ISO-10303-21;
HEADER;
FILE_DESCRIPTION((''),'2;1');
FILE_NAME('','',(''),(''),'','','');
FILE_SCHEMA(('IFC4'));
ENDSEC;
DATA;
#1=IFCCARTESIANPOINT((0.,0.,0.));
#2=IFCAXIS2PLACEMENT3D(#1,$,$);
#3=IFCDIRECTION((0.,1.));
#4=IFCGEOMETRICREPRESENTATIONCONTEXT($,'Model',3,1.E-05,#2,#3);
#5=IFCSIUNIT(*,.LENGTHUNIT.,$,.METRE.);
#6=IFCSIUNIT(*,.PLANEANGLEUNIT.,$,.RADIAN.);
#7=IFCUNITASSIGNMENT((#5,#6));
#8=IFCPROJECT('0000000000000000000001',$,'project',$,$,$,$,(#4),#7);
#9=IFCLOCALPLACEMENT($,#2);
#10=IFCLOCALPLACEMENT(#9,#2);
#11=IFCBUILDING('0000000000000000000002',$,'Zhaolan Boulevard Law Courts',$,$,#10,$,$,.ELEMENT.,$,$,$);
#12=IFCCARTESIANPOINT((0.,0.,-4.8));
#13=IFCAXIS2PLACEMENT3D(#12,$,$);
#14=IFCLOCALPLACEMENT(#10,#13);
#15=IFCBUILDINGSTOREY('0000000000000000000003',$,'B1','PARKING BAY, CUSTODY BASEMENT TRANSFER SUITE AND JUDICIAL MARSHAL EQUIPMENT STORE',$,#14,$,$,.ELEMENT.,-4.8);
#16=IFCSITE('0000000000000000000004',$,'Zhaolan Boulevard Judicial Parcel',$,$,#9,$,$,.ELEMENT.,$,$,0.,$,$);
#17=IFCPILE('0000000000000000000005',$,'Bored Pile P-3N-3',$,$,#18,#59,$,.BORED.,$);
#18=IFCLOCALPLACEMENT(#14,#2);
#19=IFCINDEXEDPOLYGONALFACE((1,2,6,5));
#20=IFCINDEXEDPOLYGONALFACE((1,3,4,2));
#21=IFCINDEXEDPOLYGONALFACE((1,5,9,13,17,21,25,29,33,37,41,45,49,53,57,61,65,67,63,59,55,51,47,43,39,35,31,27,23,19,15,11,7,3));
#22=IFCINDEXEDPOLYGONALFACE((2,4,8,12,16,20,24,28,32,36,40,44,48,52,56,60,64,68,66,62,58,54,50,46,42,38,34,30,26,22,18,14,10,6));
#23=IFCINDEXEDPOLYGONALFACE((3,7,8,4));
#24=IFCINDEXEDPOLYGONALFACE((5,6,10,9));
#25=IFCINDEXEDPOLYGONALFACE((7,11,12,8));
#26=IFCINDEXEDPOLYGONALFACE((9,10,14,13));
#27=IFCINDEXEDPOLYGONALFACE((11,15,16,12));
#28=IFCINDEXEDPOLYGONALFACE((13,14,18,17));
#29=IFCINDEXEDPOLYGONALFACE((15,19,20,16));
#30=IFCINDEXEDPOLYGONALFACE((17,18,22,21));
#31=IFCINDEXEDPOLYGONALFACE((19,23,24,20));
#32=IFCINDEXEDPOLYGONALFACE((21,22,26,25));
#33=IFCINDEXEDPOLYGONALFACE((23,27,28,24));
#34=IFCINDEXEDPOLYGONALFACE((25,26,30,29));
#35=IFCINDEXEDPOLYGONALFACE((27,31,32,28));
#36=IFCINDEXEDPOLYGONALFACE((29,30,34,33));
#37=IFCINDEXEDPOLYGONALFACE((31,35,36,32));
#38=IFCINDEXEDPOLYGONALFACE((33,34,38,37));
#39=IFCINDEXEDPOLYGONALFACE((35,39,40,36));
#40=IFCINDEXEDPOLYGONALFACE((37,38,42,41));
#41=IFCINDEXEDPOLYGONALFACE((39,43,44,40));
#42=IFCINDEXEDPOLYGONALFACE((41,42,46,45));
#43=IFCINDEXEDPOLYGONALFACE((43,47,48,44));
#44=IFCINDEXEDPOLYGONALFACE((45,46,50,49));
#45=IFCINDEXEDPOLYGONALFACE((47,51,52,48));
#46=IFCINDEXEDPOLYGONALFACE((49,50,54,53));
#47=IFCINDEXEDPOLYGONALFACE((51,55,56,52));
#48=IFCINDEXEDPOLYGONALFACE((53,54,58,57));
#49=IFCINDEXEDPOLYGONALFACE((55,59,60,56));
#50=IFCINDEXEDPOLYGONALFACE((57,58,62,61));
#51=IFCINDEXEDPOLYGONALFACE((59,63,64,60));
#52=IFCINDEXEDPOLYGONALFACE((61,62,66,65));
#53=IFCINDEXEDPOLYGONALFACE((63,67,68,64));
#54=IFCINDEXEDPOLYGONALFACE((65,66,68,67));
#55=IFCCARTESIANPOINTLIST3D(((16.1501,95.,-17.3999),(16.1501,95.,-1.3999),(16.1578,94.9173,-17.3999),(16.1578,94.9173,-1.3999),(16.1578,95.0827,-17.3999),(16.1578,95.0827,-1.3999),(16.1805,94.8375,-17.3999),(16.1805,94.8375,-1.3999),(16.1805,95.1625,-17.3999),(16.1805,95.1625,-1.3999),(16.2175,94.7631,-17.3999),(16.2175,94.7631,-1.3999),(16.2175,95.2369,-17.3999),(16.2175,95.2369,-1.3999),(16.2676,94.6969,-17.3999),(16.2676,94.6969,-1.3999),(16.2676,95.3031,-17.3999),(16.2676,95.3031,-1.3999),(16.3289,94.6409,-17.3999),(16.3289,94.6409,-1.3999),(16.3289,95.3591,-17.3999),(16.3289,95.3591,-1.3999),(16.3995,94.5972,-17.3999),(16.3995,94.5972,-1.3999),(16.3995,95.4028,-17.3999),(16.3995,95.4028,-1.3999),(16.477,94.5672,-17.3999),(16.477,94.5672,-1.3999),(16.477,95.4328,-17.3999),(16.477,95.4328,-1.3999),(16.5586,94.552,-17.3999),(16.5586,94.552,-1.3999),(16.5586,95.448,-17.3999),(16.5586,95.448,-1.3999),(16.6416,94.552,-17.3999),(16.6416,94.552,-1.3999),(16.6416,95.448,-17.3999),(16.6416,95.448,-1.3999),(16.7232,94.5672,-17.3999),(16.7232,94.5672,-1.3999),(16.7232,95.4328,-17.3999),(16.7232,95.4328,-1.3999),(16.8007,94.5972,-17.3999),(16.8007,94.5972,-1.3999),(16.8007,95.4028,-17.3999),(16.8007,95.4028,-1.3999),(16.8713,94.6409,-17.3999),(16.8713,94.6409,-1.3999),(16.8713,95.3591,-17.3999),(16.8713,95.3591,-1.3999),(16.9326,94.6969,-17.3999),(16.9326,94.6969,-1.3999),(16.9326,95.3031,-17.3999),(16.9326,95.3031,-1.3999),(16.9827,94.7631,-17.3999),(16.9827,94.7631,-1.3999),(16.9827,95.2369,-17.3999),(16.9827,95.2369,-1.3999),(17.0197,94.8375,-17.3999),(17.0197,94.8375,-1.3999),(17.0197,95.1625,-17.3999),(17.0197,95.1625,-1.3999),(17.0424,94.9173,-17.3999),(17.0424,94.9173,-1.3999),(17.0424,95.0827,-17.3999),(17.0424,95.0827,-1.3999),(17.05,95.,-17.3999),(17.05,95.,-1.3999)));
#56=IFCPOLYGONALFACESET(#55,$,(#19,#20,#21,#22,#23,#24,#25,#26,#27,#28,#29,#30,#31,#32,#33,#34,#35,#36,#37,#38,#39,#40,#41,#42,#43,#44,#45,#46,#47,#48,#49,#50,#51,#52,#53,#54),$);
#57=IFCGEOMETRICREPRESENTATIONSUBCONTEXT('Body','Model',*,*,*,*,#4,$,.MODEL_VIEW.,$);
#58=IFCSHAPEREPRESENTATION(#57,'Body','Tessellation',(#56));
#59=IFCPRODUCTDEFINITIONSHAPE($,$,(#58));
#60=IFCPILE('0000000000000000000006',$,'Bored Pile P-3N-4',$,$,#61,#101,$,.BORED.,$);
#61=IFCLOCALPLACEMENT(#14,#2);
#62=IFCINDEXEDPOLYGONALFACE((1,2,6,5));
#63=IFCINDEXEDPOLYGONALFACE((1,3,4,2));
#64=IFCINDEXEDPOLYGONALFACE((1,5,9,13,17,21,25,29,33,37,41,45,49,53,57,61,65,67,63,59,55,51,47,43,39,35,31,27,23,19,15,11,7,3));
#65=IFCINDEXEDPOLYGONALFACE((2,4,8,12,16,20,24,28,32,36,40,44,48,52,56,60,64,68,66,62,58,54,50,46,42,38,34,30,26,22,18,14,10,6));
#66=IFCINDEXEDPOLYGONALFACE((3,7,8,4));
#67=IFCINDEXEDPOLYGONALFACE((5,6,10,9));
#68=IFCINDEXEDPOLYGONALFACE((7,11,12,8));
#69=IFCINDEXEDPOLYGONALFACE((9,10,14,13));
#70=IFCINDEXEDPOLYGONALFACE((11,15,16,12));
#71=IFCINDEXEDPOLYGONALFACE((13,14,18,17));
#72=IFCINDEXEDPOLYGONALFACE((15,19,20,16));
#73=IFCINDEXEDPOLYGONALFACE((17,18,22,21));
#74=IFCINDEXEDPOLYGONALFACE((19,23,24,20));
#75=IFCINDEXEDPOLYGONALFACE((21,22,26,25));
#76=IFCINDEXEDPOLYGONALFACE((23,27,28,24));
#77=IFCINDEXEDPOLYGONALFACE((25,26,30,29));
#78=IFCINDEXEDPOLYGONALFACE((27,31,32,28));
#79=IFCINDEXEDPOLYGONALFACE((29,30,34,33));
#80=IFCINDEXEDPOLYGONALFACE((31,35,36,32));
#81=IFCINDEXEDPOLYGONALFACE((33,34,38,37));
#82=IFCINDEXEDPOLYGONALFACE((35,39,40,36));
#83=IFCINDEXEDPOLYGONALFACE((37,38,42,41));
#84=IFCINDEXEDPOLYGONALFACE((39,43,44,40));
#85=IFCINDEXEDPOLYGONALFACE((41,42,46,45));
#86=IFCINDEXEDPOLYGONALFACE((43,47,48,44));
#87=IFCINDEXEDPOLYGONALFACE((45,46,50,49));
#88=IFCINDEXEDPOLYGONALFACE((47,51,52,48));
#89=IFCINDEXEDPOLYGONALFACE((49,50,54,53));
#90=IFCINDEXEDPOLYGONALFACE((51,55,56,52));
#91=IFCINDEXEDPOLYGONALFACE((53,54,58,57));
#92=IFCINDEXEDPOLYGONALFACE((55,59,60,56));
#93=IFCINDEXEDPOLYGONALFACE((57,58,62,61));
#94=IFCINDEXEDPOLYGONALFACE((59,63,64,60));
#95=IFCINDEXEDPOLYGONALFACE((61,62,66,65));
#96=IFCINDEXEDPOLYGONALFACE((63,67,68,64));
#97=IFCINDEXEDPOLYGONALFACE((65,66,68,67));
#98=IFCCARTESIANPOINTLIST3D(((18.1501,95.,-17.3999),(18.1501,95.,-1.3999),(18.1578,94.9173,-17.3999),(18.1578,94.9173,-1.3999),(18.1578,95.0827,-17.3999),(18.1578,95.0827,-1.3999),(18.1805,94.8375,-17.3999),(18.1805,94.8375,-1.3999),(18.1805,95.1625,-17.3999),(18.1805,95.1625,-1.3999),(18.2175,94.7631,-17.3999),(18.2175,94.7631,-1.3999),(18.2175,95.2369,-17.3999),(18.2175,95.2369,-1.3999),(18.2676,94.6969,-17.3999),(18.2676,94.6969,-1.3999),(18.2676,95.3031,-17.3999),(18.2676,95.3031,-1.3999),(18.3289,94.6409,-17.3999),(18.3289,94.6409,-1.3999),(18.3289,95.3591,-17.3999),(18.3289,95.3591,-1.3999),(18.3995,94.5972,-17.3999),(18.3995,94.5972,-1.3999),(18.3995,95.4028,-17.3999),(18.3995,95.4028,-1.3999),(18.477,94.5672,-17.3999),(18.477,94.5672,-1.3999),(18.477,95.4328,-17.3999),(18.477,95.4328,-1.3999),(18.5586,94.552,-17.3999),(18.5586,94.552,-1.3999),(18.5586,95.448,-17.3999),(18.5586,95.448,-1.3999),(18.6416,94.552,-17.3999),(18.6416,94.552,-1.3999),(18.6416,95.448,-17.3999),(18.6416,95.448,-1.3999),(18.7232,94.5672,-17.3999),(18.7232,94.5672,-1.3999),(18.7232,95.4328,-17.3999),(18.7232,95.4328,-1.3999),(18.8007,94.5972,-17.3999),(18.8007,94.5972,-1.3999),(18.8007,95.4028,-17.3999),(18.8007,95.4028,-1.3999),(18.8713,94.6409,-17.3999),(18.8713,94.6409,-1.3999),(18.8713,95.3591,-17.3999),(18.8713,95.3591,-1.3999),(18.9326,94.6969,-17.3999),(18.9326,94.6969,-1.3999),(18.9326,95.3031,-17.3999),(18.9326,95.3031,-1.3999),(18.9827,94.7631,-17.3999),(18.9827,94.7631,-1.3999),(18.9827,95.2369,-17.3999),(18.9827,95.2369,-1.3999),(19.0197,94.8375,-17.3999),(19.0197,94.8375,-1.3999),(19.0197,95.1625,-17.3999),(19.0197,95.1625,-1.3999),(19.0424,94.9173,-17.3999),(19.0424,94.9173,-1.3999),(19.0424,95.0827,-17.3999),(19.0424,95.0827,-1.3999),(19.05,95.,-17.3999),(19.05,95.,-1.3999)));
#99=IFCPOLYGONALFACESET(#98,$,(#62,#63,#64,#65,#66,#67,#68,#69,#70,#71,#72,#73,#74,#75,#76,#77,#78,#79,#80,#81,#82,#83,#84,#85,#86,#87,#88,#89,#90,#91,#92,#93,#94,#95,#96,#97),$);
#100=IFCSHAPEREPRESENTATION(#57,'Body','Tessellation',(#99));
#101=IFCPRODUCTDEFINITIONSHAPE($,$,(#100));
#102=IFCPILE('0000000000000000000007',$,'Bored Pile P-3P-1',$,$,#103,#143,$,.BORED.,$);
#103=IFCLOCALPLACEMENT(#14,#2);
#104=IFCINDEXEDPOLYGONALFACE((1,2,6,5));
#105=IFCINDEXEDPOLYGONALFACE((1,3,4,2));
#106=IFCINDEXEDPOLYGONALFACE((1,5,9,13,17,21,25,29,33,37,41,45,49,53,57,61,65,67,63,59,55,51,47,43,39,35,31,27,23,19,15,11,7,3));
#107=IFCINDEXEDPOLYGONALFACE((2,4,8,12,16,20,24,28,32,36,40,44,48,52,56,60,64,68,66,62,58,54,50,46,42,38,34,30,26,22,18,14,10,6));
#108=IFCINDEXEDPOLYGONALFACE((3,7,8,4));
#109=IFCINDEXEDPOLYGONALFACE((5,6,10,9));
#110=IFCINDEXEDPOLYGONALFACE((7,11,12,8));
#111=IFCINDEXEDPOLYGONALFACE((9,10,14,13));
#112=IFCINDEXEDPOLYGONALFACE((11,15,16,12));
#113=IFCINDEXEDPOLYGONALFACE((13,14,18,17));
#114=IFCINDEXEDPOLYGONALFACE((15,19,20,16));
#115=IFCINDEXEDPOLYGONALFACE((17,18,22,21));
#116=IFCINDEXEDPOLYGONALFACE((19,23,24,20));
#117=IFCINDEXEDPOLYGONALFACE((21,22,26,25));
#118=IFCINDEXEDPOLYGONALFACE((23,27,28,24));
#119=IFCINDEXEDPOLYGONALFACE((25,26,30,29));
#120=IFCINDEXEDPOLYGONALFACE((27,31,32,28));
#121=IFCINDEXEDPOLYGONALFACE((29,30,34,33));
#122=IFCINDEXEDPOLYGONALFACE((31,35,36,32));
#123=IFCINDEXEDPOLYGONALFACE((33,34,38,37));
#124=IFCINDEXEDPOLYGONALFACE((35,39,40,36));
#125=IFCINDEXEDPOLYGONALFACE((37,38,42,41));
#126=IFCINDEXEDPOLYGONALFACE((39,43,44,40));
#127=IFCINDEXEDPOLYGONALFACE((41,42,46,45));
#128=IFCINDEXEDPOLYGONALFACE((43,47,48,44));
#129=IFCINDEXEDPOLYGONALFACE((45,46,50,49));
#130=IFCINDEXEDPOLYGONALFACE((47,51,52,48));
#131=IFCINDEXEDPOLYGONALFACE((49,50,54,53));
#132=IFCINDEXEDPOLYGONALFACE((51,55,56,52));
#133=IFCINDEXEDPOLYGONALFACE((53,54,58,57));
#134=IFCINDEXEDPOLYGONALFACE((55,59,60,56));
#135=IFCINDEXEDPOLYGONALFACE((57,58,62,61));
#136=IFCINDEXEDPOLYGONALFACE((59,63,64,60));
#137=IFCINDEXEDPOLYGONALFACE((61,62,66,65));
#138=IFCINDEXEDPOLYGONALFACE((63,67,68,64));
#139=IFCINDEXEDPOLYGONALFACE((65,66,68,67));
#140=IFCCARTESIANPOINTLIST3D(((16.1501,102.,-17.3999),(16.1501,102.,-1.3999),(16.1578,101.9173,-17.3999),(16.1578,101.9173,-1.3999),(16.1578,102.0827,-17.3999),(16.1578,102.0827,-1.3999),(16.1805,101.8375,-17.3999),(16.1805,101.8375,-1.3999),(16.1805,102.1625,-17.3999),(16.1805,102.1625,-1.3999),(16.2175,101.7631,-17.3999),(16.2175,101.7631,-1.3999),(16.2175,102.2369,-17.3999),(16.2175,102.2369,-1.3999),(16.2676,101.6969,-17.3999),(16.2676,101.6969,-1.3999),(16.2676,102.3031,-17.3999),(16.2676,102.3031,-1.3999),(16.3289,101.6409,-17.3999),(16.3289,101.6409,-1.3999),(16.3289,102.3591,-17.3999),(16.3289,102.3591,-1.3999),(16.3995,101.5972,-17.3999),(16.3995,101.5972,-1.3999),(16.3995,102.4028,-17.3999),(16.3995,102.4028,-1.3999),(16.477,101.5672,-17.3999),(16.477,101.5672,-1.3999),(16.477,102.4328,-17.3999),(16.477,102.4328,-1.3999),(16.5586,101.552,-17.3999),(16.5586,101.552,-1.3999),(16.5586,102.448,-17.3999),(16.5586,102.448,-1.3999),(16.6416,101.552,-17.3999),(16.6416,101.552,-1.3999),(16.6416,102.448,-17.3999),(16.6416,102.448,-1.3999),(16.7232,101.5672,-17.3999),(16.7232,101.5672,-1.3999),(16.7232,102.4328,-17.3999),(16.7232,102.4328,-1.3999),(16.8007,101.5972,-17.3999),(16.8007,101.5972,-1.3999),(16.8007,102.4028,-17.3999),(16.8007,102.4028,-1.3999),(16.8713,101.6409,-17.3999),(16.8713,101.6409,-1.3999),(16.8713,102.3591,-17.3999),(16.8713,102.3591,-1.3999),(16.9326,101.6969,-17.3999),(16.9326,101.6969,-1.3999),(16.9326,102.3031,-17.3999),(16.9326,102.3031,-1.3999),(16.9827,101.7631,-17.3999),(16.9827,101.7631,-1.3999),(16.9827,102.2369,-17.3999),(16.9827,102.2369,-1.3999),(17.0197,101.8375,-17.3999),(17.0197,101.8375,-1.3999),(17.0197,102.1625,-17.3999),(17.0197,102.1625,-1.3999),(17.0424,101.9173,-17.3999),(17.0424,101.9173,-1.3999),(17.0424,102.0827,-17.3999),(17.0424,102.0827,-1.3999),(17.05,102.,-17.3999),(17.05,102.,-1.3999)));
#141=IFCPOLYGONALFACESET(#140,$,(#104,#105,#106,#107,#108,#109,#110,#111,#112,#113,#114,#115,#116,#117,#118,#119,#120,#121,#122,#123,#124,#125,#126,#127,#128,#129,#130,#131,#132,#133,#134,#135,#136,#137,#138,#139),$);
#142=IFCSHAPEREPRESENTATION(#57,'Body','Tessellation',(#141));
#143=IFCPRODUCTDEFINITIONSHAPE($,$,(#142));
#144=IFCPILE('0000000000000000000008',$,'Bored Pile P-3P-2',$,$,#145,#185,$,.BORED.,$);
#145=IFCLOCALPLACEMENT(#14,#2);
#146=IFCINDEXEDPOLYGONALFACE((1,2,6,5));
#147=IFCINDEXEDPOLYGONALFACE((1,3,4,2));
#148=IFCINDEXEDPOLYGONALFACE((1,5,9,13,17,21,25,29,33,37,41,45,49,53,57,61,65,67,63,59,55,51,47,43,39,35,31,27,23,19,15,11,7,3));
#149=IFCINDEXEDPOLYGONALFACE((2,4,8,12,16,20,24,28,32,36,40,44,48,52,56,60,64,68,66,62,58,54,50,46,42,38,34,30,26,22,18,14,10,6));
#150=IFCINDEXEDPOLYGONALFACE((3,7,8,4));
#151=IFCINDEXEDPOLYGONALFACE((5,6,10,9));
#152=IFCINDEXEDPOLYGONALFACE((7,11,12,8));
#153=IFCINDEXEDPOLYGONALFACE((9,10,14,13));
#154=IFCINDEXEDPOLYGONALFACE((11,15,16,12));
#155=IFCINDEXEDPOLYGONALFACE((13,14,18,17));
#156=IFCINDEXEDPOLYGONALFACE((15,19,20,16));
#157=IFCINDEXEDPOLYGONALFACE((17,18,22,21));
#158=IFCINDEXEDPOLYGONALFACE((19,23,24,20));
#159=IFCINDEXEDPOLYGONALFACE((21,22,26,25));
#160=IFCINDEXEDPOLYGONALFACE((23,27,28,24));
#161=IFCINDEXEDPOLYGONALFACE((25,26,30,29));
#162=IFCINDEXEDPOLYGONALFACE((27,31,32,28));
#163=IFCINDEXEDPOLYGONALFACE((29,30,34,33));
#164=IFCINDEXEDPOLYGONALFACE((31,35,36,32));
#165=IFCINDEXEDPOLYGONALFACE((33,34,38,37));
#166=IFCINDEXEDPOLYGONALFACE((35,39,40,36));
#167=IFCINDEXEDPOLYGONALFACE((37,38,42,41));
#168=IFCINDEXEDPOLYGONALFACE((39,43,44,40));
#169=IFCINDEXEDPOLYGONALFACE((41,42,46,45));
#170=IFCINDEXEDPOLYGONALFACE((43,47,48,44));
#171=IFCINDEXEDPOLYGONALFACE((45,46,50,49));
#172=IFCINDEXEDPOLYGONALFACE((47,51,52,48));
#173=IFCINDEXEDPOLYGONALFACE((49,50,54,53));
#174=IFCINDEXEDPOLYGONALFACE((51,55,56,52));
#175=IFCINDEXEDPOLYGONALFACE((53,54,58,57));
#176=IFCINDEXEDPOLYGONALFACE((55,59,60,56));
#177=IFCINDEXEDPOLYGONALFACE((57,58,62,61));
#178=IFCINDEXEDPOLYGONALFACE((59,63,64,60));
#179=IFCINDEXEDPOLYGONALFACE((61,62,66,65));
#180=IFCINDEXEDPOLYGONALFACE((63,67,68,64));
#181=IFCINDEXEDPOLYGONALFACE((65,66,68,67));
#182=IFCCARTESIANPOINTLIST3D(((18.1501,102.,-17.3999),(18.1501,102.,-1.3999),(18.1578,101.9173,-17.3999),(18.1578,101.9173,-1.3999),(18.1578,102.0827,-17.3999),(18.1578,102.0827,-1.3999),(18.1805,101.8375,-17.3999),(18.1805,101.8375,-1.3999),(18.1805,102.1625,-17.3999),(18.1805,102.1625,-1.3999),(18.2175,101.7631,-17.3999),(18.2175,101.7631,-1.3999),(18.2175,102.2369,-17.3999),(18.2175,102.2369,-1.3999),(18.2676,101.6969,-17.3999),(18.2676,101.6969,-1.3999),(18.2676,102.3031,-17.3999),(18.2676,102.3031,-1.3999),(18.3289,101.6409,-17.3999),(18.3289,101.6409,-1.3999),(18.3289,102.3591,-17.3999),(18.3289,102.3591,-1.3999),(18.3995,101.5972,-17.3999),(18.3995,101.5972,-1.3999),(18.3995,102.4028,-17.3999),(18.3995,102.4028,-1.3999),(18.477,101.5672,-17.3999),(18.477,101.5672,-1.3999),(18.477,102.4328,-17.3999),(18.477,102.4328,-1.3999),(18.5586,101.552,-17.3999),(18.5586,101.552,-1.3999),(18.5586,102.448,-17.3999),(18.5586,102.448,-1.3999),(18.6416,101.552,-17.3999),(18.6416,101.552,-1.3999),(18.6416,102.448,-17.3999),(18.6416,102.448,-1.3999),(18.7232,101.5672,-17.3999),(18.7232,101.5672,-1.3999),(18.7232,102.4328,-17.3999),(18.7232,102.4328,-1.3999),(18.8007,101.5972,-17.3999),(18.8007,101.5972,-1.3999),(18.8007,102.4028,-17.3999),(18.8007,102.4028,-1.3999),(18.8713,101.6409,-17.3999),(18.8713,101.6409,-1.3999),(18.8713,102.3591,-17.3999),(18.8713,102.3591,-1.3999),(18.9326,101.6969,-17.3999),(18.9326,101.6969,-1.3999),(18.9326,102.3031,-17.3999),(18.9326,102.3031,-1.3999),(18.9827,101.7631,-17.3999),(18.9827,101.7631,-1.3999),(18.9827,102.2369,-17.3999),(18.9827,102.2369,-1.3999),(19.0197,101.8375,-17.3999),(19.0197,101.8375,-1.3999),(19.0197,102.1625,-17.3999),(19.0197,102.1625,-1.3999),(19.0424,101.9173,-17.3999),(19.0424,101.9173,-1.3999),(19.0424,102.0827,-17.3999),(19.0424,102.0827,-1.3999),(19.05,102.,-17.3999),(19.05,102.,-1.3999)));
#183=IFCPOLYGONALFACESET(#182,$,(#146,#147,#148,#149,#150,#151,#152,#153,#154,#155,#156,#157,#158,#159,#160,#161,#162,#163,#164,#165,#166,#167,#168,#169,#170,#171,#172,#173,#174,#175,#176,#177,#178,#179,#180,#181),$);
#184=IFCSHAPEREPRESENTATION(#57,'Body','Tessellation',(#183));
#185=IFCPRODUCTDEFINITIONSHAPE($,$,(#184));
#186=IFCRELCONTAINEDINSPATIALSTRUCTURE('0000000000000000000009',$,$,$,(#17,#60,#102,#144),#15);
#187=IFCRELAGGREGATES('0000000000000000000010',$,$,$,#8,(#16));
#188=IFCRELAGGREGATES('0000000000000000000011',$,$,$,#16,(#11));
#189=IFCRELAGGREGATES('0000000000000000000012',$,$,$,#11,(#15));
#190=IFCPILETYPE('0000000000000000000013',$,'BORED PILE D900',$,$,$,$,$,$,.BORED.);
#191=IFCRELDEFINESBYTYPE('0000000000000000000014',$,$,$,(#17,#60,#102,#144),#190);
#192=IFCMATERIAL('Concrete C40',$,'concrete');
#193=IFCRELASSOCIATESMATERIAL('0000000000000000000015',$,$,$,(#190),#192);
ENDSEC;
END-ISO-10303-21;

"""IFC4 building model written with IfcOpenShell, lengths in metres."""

from ifc_helpers import new_model, si_unit, direction, frame, origin, origin_2d, place, context, subcontext, project, spatial, circle, extrude, material, material_profile, profile_set, type_object, element, save


model = new_model("IFC4")

# Units and contexts
model_context = context("Model", 3, precision=1e-05, world=origin(), true_north=direction((0.0, 1.0)))
body_context = subcontext(model_context, "Body", "Model", "MODEL_VIEW")
ifc_project = project(units=[si_unit("LENGTHUNIT", "METRE"), si_unit("PLANEANGLEUNIT", "RADIAN")], contexts=[model_context])

# Site, building, storey
site_placement = place(None, origin())
site = spatial("IfcSite", under=ifc_project, at=site_placement, Name="Zhaolan Boulevard Judicial Parcel", CompositionType="ELEMENT", RefElevation=0.0)
building_placement = place(site_placement, origin())
building = spatial("IfcBuilding", under=site, at=building_placement, Name="Zhaolan Boulevard Law Courts", CompositionType="ELEMENT")
storey_placement = place(building_placement, frame((0.0, 0.0, -4.8)))
storey = spatial("IfcBuildingStorey", under=building, at=storey_placement, Name="B1", Description="PARKING BAY, CUSTODY BASEMENT TRANSFER SUITE AND JUDICIAL MARSHAL EQUIPMENT STORE", CompositionType="ELEMENT", Elevation=-4.8)

# Piles
ifc_material_1 = material(Name="Concrete C40", Category="concrete")
ifc_material_profile_1 = material_profile(ifc_material_1, circle(Radius=0.45, at=origin_2d()), Name="PILE-D900")
ifc_profile_set_1 = profile_set([ifc_material_profile_1], Name="Concrete C40")
pile_type = type_object("IfcPileType", Name="BORED PILE D900", PredefinedType="BORED", material=ifc_profile_set_1)
for number, where, z_axis, x_axis, name in (
    (1, (16.6001, 95.0, -1.3999), (0.0, 0.0, -1.0), (1.0, 0.0, 0.0), "Bored Pile P-3N-3"),
    (2, (18.6001, 95.0, -1.3999), (0.0, 0.0, -1.0), (1.0, 0.0, 0.0), "Bored Pile P-3N-4"),
    (3, (16.6001, 102.0, -1.3999), (0.0, 0.0, -1.0), (1.0, 0.0, 0.0), "Bored Pile P-3P-1"),
    (4, (18.6001, 102.0, -1.3999), (0.0, 0.0, -1.0), (1.0, 0.0, 0.0), "Bored Pile P-3P-2"),
):
    element("IfcPile", number, at=place(storey_placement, frame(where, z_axis=z_axis, x_axis=x_axis)), inside=storey, type_object=pile_type, Name=name, PredefinedType="BORED", context=body_context, shape_type="SweptSolid", body=[
        extrude(circle(Radius=0.45, at=origin_2d()), origin(), (0.0, 0.0, 1.0), 16.0),
    ])

save(model, "model.ifc")
